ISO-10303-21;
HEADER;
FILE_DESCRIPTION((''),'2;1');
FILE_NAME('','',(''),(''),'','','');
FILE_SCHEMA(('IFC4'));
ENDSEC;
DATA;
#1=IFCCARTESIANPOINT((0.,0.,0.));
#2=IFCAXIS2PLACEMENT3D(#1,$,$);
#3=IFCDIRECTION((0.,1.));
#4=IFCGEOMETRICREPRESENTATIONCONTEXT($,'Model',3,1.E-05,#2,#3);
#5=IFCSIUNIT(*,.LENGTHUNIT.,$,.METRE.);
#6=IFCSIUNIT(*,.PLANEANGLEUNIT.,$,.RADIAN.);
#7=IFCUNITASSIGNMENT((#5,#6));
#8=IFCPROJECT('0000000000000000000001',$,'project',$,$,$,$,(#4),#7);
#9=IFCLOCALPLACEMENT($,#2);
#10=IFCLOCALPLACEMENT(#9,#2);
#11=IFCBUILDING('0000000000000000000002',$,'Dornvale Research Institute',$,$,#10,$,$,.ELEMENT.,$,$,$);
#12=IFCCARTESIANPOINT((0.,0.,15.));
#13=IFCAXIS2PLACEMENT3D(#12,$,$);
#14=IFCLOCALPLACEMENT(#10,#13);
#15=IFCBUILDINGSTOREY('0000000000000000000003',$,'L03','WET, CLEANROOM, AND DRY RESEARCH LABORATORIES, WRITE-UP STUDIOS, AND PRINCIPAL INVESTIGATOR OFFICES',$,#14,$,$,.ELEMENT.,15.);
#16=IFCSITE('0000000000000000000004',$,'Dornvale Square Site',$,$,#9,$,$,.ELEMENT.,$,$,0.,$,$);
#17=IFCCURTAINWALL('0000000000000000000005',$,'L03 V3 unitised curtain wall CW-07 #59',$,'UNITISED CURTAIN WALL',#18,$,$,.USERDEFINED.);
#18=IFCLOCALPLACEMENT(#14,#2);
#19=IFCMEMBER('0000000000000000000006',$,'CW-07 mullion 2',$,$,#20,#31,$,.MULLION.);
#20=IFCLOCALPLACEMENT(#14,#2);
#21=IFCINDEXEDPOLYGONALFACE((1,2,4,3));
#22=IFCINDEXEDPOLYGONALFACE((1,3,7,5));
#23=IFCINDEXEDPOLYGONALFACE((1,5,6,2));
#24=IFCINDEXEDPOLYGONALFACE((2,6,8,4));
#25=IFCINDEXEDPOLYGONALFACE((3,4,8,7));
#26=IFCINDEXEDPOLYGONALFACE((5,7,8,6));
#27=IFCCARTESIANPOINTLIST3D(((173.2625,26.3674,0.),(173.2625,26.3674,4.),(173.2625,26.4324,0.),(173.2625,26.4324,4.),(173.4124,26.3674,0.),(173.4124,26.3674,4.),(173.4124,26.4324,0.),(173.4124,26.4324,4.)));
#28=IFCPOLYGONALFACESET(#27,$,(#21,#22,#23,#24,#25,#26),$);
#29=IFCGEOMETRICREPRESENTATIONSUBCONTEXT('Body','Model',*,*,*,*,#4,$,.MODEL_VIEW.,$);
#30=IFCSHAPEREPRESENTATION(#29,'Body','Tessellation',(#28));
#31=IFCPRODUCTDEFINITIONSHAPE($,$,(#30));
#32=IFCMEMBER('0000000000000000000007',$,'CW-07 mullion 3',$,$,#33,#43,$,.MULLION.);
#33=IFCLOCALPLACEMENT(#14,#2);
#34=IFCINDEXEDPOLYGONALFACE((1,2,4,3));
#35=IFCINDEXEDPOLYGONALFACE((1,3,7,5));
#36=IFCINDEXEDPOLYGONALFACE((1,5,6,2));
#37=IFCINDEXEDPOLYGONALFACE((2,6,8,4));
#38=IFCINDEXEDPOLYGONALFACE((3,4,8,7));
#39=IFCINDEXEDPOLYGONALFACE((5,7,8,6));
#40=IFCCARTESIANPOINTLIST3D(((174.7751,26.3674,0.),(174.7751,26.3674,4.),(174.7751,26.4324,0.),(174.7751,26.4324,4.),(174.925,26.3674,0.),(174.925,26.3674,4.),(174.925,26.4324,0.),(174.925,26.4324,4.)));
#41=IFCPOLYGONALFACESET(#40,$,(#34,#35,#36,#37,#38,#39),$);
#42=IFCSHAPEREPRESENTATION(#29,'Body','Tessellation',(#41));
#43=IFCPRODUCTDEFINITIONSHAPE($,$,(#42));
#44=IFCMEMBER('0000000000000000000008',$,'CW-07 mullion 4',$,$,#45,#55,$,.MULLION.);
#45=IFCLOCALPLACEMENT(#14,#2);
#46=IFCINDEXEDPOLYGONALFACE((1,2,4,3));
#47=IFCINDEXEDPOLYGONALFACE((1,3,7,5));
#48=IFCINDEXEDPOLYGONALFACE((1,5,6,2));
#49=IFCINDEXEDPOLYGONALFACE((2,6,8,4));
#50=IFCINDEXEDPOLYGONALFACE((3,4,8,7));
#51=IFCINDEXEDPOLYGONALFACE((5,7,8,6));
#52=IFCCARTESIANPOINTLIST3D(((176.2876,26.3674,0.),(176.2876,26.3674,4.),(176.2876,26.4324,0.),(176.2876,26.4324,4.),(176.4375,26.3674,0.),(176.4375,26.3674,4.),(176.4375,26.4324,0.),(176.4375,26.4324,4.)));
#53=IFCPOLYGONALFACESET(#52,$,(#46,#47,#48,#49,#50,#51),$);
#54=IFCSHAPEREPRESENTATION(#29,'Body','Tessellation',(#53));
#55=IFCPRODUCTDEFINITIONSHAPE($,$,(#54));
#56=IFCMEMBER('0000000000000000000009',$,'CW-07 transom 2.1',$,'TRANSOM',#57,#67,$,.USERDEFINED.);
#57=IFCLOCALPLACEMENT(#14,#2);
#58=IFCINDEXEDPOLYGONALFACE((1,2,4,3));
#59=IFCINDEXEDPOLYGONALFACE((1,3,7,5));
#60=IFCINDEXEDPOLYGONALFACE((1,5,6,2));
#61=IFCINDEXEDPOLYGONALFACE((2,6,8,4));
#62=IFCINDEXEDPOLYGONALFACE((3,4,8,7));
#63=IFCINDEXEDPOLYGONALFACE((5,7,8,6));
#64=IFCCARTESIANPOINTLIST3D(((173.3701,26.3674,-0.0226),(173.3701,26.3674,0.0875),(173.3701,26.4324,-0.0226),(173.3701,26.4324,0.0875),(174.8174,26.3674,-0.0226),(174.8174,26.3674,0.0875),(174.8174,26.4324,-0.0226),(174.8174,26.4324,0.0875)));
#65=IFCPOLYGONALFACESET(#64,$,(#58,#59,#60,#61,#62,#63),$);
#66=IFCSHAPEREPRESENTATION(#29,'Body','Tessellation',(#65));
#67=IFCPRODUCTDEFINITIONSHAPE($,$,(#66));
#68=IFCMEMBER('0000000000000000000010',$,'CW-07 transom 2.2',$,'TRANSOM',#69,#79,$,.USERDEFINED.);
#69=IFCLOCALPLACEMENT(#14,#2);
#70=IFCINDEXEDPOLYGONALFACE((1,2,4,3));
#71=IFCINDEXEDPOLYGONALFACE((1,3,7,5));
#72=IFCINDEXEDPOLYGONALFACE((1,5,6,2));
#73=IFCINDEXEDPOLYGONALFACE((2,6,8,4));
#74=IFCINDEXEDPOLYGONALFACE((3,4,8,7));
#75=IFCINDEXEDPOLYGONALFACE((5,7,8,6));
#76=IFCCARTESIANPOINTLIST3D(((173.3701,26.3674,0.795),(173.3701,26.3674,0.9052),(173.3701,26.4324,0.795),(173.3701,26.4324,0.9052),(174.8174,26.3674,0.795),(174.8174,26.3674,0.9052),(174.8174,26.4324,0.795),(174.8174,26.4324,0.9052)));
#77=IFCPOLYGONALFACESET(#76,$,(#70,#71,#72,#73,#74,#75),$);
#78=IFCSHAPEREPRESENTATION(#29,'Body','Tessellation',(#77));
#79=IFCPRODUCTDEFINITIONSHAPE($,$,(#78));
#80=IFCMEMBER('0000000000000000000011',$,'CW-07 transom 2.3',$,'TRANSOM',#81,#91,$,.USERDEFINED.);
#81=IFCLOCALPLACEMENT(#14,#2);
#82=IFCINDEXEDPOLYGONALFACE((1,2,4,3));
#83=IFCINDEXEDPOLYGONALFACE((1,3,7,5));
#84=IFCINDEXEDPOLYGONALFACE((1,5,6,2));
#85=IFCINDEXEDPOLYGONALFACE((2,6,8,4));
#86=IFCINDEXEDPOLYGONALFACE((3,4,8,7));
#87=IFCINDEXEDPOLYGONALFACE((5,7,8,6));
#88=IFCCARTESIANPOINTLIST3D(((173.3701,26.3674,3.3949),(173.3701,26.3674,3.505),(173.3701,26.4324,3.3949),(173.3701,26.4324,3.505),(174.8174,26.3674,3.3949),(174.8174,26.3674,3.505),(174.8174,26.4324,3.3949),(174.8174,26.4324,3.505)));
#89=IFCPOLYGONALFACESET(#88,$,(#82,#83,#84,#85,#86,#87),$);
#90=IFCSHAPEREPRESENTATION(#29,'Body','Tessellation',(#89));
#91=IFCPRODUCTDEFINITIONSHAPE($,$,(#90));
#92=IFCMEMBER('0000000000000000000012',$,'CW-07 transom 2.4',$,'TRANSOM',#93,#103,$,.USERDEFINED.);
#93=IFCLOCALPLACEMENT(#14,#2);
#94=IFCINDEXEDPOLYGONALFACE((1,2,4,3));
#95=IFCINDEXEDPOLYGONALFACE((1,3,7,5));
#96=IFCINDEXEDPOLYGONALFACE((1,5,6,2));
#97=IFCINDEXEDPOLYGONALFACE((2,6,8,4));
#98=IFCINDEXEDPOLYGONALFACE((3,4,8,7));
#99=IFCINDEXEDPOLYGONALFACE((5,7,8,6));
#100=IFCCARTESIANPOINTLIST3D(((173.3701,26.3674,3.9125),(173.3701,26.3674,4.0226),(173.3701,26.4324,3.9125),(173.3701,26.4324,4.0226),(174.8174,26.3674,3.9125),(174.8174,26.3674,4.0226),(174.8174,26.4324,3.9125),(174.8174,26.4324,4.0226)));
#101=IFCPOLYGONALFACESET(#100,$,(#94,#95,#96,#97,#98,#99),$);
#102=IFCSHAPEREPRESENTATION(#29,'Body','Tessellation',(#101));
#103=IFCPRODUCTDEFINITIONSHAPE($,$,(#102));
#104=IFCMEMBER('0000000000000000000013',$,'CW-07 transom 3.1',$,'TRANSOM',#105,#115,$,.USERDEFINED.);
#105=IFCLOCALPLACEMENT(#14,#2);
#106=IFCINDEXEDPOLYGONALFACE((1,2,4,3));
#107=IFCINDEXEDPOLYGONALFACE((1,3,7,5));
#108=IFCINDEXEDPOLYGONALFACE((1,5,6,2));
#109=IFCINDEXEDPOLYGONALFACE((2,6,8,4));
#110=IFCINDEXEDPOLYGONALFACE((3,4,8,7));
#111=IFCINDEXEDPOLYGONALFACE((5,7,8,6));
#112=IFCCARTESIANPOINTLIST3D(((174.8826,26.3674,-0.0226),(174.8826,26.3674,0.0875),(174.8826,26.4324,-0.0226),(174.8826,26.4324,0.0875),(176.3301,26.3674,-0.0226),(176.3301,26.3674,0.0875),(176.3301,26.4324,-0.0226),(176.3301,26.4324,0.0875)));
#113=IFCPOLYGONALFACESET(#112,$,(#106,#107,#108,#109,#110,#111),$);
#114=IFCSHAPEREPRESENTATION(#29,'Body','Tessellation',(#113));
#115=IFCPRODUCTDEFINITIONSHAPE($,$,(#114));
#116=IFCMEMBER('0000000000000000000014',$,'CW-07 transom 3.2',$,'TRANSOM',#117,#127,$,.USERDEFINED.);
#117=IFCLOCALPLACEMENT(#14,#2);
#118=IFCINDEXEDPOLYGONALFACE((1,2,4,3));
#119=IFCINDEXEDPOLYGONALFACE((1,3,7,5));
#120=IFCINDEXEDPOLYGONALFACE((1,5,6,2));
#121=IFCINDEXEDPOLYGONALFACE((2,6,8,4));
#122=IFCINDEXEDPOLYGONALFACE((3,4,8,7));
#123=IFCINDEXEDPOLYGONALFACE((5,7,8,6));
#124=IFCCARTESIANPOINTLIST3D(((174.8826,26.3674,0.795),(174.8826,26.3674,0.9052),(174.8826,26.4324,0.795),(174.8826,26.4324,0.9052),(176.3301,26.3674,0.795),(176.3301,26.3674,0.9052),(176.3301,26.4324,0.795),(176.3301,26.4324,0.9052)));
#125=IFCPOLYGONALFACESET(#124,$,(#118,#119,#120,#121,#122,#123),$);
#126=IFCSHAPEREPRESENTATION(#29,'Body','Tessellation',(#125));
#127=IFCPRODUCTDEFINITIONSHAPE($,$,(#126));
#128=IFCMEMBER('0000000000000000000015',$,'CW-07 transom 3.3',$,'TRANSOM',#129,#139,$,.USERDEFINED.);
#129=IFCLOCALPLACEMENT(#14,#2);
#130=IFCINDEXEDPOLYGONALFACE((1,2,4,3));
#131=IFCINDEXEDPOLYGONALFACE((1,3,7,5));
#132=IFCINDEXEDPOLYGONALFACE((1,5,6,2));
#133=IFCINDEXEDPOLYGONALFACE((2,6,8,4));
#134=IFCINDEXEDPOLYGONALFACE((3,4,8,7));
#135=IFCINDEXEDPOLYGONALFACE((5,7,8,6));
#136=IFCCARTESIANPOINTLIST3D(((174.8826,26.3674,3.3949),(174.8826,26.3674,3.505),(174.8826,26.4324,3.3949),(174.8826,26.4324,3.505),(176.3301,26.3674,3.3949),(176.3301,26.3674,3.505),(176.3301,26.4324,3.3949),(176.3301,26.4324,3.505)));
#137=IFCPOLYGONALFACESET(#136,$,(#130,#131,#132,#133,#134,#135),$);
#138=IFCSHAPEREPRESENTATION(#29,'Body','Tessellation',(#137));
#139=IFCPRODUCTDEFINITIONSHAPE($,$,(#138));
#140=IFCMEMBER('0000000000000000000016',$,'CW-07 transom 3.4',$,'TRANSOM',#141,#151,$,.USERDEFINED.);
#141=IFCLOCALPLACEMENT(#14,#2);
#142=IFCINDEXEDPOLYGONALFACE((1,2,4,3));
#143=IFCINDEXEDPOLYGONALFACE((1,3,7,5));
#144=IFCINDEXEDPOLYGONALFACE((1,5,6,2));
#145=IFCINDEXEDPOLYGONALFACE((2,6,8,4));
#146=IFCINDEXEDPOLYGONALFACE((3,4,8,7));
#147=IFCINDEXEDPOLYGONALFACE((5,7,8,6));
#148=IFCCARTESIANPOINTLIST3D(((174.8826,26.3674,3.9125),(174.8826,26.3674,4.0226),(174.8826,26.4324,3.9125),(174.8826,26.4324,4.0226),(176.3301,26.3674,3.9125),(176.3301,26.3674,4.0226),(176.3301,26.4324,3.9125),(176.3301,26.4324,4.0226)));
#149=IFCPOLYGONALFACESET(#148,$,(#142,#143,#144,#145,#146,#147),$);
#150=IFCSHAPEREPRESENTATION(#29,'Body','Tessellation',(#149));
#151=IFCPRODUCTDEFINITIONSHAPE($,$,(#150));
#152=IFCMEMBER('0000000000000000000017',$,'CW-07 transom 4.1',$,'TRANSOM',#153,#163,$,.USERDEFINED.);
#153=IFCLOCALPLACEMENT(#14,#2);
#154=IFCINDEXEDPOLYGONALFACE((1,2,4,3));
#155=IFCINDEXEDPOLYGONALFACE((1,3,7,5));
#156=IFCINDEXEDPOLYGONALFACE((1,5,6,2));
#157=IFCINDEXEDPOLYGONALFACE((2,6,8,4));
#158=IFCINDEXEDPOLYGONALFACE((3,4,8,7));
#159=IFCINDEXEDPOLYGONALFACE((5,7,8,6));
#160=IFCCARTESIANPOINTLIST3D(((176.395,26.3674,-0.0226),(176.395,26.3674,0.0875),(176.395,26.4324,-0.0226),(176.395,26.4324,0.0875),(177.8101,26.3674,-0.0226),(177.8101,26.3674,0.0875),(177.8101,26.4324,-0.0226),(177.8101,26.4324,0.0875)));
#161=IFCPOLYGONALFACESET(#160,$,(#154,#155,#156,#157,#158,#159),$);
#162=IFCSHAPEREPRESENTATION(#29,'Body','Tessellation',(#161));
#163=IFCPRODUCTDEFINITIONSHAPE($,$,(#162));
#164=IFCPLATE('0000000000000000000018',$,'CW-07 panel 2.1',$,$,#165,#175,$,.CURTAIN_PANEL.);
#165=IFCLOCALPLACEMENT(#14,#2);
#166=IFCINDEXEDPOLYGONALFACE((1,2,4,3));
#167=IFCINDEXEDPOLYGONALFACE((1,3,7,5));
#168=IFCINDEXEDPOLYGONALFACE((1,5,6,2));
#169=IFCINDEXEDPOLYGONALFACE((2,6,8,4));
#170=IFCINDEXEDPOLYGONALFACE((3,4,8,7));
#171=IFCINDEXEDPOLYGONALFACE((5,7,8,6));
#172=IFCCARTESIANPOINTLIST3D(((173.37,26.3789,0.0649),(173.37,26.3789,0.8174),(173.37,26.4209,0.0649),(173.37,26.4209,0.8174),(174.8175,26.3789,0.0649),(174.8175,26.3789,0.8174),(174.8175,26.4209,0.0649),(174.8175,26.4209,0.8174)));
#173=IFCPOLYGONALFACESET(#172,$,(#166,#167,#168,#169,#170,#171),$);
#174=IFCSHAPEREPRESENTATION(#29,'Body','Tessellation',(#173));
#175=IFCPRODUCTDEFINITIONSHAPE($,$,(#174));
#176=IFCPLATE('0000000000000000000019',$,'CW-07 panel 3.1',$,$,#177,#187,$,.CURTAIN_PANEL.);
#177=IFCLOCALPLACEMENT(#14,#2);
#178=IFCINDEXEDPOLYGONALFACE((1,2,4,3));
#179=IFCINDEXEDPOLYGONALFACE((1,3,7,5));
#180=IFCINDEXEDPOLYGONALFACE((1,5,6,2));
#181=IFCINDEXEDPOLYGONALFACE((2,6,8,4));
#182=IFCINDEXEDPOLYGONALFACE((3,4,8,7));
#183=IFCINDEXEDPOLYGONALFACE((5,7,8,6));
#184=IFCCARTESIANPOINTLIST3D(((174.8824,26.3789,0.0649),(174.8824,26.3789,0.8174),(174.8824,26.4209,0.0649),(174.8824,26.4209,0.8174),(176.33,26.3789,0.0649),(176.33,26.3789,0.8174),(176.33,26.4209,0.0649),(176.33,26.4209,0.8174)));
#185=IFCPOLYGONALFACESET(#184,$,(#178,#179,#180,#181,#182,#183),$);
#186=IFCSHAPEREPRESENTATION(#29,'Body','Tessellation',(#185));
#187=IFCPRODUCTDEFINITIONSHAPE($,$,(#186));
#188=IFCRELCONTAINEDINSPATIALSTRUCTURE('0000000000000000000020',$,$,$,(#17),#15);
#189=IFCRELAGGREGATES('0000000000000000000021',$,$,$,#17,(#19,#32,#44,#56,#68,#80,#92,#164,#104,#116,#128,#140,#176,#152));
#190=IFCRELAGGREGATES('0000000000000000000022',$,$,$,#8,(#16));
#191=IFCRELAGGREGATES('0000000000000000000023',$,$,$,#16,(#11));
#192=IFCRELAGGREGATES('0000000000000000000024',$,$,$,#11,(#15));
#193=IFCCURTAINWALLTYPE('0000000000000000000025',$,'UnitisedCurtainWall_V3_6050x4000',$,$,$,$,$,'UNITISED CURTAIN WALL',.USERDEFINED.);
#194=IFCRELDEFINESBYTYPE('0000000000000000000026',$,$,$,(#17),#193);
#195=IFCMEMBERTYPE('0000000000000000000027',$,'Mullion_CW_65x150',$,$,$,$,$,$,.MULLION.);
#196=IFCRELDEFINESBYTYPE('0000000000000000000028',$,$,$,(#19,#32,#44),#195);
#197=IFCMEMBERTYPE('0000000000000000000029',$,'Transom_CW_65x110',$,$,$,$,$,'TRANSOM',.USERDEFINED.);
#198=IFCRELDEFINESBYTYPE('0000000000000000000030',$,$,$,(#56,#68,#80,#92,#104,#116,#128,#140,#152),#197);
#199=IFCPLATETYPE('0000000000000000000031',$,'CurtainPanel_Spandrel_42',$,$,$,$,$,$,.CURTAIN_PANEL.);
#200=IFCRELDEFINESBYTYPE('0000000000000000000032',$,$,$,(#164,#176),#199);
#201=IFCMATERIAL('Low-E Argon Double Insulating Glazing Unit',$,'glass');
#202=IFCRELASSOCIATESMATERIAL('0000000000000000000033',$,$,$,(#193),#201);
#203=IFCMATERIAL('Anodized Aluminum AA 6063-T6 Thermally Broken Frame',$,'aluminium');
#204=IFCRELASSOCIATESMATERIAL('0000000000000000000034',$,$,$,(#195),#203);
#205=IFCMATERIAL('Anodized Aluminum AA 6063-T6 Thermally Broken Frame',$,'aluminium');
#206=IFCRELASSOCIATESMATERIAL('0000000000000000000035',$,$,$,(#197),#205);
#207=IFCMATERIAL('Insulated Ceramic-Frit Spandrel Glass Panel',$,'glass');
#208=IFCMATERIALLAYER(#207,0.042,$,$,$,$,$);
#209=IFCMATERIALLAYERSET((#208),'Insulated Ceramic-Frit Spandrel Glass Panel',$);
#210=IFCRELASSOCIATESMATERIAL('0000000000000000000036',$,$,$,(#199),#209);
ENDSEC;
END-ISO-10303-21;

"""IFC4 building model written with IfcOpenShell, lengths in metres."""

from ifc_helpers import new_model, si_unit, direction, frame, origin, origin_2d, place, context, subcontext, project, spatial, rectangle, extrude, material, layer, layer_set, material_profile, profile_set, type_object, element, aggregate, save


model = new_model("IFC4")

# Units and contexts
model_context = context("Model", 3, precision=1e-05, world=origin(), true_north=direction((0.0, 1.0)))
body_context = subcontext(model_context, "Body", "Model", "MODEL_VIEW")
ifc_project = project(units=[si_unit("LENGTHUNIT", "METRE"), si_unit("PLANEANGLEUNIT", "RADIAN")], contexts=[model_context])

# Site, building, storey
site_placement = place(None, origin())
site = spatial("IfcSite", under=ifc_project, at=site_placement, Name="Dornvale Square Site", CompositionType="ELEMENT", RefElevation=0.0)
building_placement = place(site_placement, origin())
building = spatial("IfcBuilding", under=site, at=building_placement, Name="Dornvale Research Institute", CompositionType="ELEMENT")
storey_placement = place(building_placement, frame((0.0, 0.0, 15.0)))
storey = spatial("IfcBuildingStorey", under=building, at=storey_placement, Name="L03", Description="WET, CLEANROOM, AND DRY RESEARCH LABORATORIES, WRITE-UP STUDIOS, AND PRINCIPAL INVESTIGATOR OFFICES", CompositionType="ELEMENT", Elevation=15.0)

# Curtain wall, members, plates
ifc_material_1 = material(Name="Low-E Argon Double Insulating Glazing Unit", Category="glass")
curtain_wall_type = type_object("IfcCurtainWallType", Name="UnitisedCurtainWall_V3_6050x4000", ElementType="UNITISED CURTAIN WALL", PredefinedType="USERDEFINED", material=ifc_material_1)
curtain_wall_placement = place(storey_placement, origin())
curtain_wall = element("IfcCurtainWall", 1, at=curtain_wall_placement, inside=storey, type_object=curtain_wall_type, Name="L03 V3 unitised curtain wall CW-07 #59", ObjectType="UNITISED CURTAIN WALL", PredefinedType="USERDEFINED")
ifc_material_2 = material(Name="Anodized Aluminum AA 6063-T6 Thermally Broken Frame", Category="aluminium")
ifc_material_profile_1 = material_profile(ifc_material_2, rectangle(XDim=0.0649, YDim=0.1499, at=origin_2d()), Name="ALU MULLION 65x150")
ifc_profile_set_1 = profile_set([ifc_material_profile_1], Name="Anodized Aluminum AA 6063-T6 Thermally Broken Frame")
member_type_1 = type_object("IfcMemberType", Name="Mullion_CW_65x150", PredefinedType="MULLION", material=ifc_profile_set_1)
member_1_placement = place(storey_placement, frame((173.3374, 26.3999, 0.0), z_axis=(0.0, 0.0, 1.0), x_axis=(0.0, 1.0, 0.0)))
member_1 = element("IfcMember", 2, at=member_1_placement, type_object=member_type_1, Name="CW-07 mullion 2", PredefinedType="MULLION", context=body_context, shape_type="SweptSolid", body=[
    extrude(rectangle(XDim=0.0649, YDim=0.1499, at=origin_2d()), origin(), (0.0, 0.0, 1.0), 4.0),
])
member_2_placement = place(storey_placement, frame((174.8501, 26.3999, 0.0), z_axis=(0.0, 0.0, 1.0), x_axis=(0.0, 1.0, 0.0)))
member_2 = element("IfcMember", 3, at=member_2_placement, type_object=member_type_1, Name="CW-07 mullion 3", PredefinedType="MULLION", context=body_context, shape_type="SweptSolid", body=[
    extrude(rectangle(XDim=0.0649, YDim=0.1499, at=origin_2d()), origin(), (0.0, 0.0, 1.0), 4.0),
])
member_3_placement = place(storey_placement, frame((176.3625, 26.3999, 0.0), z_axis=(0.0, 0.0, 1.0), x_axis=(0.0, 1.0, 0.0)))
member_3 = element("IfcMember", 4, at=member_3_placement, type_object=member_type_1, Name="CW-07 mullion 4", PredefinedType="MULLION", context=body_context, shape_type="SweptSolid", body=[
    extrude(rectangle(XDim=0.0649, YDim=0.1499, at=origin_2d()), origin(), (0.0, 0.0, 1.0), 4.0),
])
ifc_material_3 = material(Name="Anodized Aluminum AA 6063-T6 Thermally Broken Frame", Category="aluminium")
ifc_material_profile_2 = material_profile(ifc_material_3, rectangle(XDim=0.0649, YDim=0.1101, at=origin_2d()), Name="ALU TRANSOM 65x110")
ifc_profile_set_2 = profile_set([ifc_material_profile_2], Name="Anodized Aluminum AA 6063-T6 Thermally Broken Frame")
member_type_2 = type_object("IfcMemberType", Name="Transom_CW_65x110", ElementType="TRANSOM", PredefinedType="USERDEFINED", material=ifc_profile_set_2)
member_4_placement = place(storey_placement, frame((173.3701, 26.3999, 0.0325), z_axis=(1.0, 0.0, 0.0), x_axis=(0.0, 1.0, 0.0)))
member_4 = element("IfcMember", 5, at=member_4_placement, type_object=member_type_2, Name="CW-07 transom 2.1", ObjectType="TRANSOM", PredefinedType="USERDEFINED", context=body_context, shape_type="SweptSolid", body=[
    extrude(rectangle(XDim=0.0649, YDim=0.1101, at=origin_2d()), origin(), (0.0, 0.0, 1.0), 1.4473),
])
member_5_placement = place(storey_placement, frame((173.3701, 26.3999, 0.8501), z_axis=(1.0, 0.0, 0.0), x_axis=(0.0, 1.0, 0.0)))
member_5 = element("IfcMember", 6, at=member_5_placement, type_object=member_type_2, Name="CW-07 transom 2.2", ObjectType="TRANSOM", PredefinedType="USERDEFINED", context=body_context, shape_type="SweptSolid", body=[
    extrude(rectangle(XDim=0.0649, YDim=0.1101, at=origin_2d()), origin(), (0.0, 0.0, 1.0), 1.4473),
])
member_6_placement = place(storey_placement, frame((173.3701, 26.3999, 3.45), z_axis=(1.0, 0.0, 0.0), x_axis=(0.0, 1.0, 0.0)))
member_6 = element("IfcMember", 7, at=member_6_placement, type_object=member_type_2, Name="CW-07 transom 2.3", ObjectType="TRANSOM", PredefinedType="USERDEFINED", context=body_context, shape_type="SweptSolid", body=[
    extrude(rectangle(XDim=0.0649, YDim=0.1101, at=origin_2d()), origin(), (0.0, 0.0, 1.0), 1.4473),
])
member_7_placement = place(storey_placement, frame((173.3701, 26.3999, 3.9675), z_axis=(1.0, 0.0, 0.0), x_axis=(0.0, 1.0, 0.0)))
member_7 = element("IfcMember", 8, at=member_7_placement, type_object=member_type_2, Name="CW-07 transom 2.4", ObjectType="TRANSOM", PredefinedType="USERDEFINED", context=body_context, shape_type="SweptSolid", body=[
    extrude(rectangle(XDim=0.0649, YDim=0.1101, at=origin_2d()), origin(), (0.0, 0.0, 1.0), 1.4473),
])
member_8_placement = place(storey_placement, frame((174.8826, 26.3999, 0.0325), z_axis=(1.0, 0.0, 0.0), x_axis=(0.0, 1.0, 0.0)))
member_8 = element("IfcMember", 9, at=member_8_placement, type_object=member_type_2, Name="CW-07 transom 3.1", ObjectType="TRANSOM", PredefinedType="USERDEFINED", context=body_context, shape_type="SweptSolid", body=[
    extrude(rectangle(XDim=0.0649, YDim=0.1101, at=origin_2d()), origin(), (0.0, 0.0, 1.0), 1.4475),
])
member_9_placement = place(storey_placement, frame((174.8826, 26.3999, 0.8501), z_axis=(1.0, 0.0, 0.0), x_axis=(0.0, 1.0, 0.0)))
member_9 = element("IfcMember", 10, at=member_9_placement, type_object=member_type_2, Name="CW-07 transom 3.2", ObjectType="TRANSOM", PredefinedType="USERDEFINED", context=body_context, shape_type="SweptSolid", body=[
    extrude(rectangle(XDim=0.0649, YDim=0.1101, at=origin_2d()), origin(), (0.0, 0.0, 1.0), 1.4475),
])
member_10_placement = place(storey_placement, frame((174.8826, 26.3999, 3.45), z_axis=(1.0, 0.0, 0.0), x_axis=(0.0, 1.0, 0.0)))
member_10 = element("IfcMember", 11, at=member_10_placement, type_object=member_type_2, Name="CW-07 transom 3.3", ObjectType="TRANSOM", PredefinedType="USERDEFINED", context=body_context, shape_type="SweptSolid", body=[
    extrude(rectangle(XDim=0.0649, YDim=0.1101, at=origin_2d()), origin(), (0.0, 0.0, 1.0), 1.4475),
])
member_11_placement = place(storey_placement, frame((174.8826, 26.3999, 3.9675), z_axis=(1.0, 0.0, 0.0), x_axis=(0.0, 1.0, 0.0)))
member_11 = element("IfcMember", 12, at=member_11_placement, type_object=member_type_2, Name="CW-07 transom 3.4", ObjectType="TRANSOM", PredefinedType="USERDEFINED", context=body_context, shape_type="SweptSolid", body=[
    extrude(rectangle(XDim=0.0649, YDim=0.1101, at=origin_2d()), origin(), (0.0, 0.0, 1.0), 1.4475),
])
member_12_placement = place(storey_placement, frame((176.395, 26.3999, 0.0325), z_axis=(1.0, 0.0, 0.0), x_axis=(0.0, 1.0, 0.0)))
member_12 = element("IfcMember", 13, at=member_12_placement, type_object=member_type_2, Name="CW-07 transom 4.1", ObjectType="TRANSOM", PredefinedType="USERDEFINED", context=body_context, shape_type="SweptSolid", body=[
    extrude(rectangle(XDim=0.0649, YDim=0.1101, at=origin_2d()), origin(), (0.0, 0.0, 1.0), 1.415),
])
ifc_material_4 = material(Name="Insulated Ceramic-Frit Spandrel Glass Panel", Category="glass")
ifc_layer_1 = layer(ifc_material_4, 0.042)
ifc_layer_set_1 = layer_set([ifc_layer_1], Name="Insulated Ceramic-Frit Spandrel Glass Panel")
plate_type_1 = type_object("IfcPlateType", Name="CurtainPanel_Spandrel_42", PredefinedType="CURTAIN_PANEL", material=ifc_layer_set_1)
plate_1_placement = place(storey_placement, frame((174.0938, 26.3999, 0.0649), z_axis=(0.0, 0.0, 1.0), x_axis=(1.0, 0.0, 0.0)))
plate_1 = element("IfcPlate", 14, at=plate_1_placement, type_object=plate_type_1, Name="CW-07 panel 2.1", PredefinedType="CURTAIN_PANEL", context=body_context, shape_type="SweptSolid", body=[
    extrude(rectangle(XDim=1.4475, YDim=0.042, at=origin_2d()), origin(), (0.0, 0.0, 1.0), 0.7524),
])
plate_2_placement = place(storey_placement, frame((175.6062, 26.3999, 0.0649), z_axis=(0.0, 0.0, 1.0), x_axis=(1.0, 0.0, 0.0)))
plate_2 = element("IfcPlate", 15, at=plate_2_placement, type_object=plate_type_1, Name="CW-07 panel 3.1", PredefinedType="CURTAIN_PANEL", context=body_context, shape_type="SweptSolid", body=[
    extrude(rectangle(XDim=1.4475, YDim=0.042, at=origin_2d()), origin(), (0.0, 0.0, 1.0), 0.7524),
])
aggregate(curtain_wall, [member_1, member_2, member_3, member_4, member_5, member_6, member_7, plate_1, member_8, member_9, member_10, member_11, plate_2, member_12])

save(model, "model.ifc")
